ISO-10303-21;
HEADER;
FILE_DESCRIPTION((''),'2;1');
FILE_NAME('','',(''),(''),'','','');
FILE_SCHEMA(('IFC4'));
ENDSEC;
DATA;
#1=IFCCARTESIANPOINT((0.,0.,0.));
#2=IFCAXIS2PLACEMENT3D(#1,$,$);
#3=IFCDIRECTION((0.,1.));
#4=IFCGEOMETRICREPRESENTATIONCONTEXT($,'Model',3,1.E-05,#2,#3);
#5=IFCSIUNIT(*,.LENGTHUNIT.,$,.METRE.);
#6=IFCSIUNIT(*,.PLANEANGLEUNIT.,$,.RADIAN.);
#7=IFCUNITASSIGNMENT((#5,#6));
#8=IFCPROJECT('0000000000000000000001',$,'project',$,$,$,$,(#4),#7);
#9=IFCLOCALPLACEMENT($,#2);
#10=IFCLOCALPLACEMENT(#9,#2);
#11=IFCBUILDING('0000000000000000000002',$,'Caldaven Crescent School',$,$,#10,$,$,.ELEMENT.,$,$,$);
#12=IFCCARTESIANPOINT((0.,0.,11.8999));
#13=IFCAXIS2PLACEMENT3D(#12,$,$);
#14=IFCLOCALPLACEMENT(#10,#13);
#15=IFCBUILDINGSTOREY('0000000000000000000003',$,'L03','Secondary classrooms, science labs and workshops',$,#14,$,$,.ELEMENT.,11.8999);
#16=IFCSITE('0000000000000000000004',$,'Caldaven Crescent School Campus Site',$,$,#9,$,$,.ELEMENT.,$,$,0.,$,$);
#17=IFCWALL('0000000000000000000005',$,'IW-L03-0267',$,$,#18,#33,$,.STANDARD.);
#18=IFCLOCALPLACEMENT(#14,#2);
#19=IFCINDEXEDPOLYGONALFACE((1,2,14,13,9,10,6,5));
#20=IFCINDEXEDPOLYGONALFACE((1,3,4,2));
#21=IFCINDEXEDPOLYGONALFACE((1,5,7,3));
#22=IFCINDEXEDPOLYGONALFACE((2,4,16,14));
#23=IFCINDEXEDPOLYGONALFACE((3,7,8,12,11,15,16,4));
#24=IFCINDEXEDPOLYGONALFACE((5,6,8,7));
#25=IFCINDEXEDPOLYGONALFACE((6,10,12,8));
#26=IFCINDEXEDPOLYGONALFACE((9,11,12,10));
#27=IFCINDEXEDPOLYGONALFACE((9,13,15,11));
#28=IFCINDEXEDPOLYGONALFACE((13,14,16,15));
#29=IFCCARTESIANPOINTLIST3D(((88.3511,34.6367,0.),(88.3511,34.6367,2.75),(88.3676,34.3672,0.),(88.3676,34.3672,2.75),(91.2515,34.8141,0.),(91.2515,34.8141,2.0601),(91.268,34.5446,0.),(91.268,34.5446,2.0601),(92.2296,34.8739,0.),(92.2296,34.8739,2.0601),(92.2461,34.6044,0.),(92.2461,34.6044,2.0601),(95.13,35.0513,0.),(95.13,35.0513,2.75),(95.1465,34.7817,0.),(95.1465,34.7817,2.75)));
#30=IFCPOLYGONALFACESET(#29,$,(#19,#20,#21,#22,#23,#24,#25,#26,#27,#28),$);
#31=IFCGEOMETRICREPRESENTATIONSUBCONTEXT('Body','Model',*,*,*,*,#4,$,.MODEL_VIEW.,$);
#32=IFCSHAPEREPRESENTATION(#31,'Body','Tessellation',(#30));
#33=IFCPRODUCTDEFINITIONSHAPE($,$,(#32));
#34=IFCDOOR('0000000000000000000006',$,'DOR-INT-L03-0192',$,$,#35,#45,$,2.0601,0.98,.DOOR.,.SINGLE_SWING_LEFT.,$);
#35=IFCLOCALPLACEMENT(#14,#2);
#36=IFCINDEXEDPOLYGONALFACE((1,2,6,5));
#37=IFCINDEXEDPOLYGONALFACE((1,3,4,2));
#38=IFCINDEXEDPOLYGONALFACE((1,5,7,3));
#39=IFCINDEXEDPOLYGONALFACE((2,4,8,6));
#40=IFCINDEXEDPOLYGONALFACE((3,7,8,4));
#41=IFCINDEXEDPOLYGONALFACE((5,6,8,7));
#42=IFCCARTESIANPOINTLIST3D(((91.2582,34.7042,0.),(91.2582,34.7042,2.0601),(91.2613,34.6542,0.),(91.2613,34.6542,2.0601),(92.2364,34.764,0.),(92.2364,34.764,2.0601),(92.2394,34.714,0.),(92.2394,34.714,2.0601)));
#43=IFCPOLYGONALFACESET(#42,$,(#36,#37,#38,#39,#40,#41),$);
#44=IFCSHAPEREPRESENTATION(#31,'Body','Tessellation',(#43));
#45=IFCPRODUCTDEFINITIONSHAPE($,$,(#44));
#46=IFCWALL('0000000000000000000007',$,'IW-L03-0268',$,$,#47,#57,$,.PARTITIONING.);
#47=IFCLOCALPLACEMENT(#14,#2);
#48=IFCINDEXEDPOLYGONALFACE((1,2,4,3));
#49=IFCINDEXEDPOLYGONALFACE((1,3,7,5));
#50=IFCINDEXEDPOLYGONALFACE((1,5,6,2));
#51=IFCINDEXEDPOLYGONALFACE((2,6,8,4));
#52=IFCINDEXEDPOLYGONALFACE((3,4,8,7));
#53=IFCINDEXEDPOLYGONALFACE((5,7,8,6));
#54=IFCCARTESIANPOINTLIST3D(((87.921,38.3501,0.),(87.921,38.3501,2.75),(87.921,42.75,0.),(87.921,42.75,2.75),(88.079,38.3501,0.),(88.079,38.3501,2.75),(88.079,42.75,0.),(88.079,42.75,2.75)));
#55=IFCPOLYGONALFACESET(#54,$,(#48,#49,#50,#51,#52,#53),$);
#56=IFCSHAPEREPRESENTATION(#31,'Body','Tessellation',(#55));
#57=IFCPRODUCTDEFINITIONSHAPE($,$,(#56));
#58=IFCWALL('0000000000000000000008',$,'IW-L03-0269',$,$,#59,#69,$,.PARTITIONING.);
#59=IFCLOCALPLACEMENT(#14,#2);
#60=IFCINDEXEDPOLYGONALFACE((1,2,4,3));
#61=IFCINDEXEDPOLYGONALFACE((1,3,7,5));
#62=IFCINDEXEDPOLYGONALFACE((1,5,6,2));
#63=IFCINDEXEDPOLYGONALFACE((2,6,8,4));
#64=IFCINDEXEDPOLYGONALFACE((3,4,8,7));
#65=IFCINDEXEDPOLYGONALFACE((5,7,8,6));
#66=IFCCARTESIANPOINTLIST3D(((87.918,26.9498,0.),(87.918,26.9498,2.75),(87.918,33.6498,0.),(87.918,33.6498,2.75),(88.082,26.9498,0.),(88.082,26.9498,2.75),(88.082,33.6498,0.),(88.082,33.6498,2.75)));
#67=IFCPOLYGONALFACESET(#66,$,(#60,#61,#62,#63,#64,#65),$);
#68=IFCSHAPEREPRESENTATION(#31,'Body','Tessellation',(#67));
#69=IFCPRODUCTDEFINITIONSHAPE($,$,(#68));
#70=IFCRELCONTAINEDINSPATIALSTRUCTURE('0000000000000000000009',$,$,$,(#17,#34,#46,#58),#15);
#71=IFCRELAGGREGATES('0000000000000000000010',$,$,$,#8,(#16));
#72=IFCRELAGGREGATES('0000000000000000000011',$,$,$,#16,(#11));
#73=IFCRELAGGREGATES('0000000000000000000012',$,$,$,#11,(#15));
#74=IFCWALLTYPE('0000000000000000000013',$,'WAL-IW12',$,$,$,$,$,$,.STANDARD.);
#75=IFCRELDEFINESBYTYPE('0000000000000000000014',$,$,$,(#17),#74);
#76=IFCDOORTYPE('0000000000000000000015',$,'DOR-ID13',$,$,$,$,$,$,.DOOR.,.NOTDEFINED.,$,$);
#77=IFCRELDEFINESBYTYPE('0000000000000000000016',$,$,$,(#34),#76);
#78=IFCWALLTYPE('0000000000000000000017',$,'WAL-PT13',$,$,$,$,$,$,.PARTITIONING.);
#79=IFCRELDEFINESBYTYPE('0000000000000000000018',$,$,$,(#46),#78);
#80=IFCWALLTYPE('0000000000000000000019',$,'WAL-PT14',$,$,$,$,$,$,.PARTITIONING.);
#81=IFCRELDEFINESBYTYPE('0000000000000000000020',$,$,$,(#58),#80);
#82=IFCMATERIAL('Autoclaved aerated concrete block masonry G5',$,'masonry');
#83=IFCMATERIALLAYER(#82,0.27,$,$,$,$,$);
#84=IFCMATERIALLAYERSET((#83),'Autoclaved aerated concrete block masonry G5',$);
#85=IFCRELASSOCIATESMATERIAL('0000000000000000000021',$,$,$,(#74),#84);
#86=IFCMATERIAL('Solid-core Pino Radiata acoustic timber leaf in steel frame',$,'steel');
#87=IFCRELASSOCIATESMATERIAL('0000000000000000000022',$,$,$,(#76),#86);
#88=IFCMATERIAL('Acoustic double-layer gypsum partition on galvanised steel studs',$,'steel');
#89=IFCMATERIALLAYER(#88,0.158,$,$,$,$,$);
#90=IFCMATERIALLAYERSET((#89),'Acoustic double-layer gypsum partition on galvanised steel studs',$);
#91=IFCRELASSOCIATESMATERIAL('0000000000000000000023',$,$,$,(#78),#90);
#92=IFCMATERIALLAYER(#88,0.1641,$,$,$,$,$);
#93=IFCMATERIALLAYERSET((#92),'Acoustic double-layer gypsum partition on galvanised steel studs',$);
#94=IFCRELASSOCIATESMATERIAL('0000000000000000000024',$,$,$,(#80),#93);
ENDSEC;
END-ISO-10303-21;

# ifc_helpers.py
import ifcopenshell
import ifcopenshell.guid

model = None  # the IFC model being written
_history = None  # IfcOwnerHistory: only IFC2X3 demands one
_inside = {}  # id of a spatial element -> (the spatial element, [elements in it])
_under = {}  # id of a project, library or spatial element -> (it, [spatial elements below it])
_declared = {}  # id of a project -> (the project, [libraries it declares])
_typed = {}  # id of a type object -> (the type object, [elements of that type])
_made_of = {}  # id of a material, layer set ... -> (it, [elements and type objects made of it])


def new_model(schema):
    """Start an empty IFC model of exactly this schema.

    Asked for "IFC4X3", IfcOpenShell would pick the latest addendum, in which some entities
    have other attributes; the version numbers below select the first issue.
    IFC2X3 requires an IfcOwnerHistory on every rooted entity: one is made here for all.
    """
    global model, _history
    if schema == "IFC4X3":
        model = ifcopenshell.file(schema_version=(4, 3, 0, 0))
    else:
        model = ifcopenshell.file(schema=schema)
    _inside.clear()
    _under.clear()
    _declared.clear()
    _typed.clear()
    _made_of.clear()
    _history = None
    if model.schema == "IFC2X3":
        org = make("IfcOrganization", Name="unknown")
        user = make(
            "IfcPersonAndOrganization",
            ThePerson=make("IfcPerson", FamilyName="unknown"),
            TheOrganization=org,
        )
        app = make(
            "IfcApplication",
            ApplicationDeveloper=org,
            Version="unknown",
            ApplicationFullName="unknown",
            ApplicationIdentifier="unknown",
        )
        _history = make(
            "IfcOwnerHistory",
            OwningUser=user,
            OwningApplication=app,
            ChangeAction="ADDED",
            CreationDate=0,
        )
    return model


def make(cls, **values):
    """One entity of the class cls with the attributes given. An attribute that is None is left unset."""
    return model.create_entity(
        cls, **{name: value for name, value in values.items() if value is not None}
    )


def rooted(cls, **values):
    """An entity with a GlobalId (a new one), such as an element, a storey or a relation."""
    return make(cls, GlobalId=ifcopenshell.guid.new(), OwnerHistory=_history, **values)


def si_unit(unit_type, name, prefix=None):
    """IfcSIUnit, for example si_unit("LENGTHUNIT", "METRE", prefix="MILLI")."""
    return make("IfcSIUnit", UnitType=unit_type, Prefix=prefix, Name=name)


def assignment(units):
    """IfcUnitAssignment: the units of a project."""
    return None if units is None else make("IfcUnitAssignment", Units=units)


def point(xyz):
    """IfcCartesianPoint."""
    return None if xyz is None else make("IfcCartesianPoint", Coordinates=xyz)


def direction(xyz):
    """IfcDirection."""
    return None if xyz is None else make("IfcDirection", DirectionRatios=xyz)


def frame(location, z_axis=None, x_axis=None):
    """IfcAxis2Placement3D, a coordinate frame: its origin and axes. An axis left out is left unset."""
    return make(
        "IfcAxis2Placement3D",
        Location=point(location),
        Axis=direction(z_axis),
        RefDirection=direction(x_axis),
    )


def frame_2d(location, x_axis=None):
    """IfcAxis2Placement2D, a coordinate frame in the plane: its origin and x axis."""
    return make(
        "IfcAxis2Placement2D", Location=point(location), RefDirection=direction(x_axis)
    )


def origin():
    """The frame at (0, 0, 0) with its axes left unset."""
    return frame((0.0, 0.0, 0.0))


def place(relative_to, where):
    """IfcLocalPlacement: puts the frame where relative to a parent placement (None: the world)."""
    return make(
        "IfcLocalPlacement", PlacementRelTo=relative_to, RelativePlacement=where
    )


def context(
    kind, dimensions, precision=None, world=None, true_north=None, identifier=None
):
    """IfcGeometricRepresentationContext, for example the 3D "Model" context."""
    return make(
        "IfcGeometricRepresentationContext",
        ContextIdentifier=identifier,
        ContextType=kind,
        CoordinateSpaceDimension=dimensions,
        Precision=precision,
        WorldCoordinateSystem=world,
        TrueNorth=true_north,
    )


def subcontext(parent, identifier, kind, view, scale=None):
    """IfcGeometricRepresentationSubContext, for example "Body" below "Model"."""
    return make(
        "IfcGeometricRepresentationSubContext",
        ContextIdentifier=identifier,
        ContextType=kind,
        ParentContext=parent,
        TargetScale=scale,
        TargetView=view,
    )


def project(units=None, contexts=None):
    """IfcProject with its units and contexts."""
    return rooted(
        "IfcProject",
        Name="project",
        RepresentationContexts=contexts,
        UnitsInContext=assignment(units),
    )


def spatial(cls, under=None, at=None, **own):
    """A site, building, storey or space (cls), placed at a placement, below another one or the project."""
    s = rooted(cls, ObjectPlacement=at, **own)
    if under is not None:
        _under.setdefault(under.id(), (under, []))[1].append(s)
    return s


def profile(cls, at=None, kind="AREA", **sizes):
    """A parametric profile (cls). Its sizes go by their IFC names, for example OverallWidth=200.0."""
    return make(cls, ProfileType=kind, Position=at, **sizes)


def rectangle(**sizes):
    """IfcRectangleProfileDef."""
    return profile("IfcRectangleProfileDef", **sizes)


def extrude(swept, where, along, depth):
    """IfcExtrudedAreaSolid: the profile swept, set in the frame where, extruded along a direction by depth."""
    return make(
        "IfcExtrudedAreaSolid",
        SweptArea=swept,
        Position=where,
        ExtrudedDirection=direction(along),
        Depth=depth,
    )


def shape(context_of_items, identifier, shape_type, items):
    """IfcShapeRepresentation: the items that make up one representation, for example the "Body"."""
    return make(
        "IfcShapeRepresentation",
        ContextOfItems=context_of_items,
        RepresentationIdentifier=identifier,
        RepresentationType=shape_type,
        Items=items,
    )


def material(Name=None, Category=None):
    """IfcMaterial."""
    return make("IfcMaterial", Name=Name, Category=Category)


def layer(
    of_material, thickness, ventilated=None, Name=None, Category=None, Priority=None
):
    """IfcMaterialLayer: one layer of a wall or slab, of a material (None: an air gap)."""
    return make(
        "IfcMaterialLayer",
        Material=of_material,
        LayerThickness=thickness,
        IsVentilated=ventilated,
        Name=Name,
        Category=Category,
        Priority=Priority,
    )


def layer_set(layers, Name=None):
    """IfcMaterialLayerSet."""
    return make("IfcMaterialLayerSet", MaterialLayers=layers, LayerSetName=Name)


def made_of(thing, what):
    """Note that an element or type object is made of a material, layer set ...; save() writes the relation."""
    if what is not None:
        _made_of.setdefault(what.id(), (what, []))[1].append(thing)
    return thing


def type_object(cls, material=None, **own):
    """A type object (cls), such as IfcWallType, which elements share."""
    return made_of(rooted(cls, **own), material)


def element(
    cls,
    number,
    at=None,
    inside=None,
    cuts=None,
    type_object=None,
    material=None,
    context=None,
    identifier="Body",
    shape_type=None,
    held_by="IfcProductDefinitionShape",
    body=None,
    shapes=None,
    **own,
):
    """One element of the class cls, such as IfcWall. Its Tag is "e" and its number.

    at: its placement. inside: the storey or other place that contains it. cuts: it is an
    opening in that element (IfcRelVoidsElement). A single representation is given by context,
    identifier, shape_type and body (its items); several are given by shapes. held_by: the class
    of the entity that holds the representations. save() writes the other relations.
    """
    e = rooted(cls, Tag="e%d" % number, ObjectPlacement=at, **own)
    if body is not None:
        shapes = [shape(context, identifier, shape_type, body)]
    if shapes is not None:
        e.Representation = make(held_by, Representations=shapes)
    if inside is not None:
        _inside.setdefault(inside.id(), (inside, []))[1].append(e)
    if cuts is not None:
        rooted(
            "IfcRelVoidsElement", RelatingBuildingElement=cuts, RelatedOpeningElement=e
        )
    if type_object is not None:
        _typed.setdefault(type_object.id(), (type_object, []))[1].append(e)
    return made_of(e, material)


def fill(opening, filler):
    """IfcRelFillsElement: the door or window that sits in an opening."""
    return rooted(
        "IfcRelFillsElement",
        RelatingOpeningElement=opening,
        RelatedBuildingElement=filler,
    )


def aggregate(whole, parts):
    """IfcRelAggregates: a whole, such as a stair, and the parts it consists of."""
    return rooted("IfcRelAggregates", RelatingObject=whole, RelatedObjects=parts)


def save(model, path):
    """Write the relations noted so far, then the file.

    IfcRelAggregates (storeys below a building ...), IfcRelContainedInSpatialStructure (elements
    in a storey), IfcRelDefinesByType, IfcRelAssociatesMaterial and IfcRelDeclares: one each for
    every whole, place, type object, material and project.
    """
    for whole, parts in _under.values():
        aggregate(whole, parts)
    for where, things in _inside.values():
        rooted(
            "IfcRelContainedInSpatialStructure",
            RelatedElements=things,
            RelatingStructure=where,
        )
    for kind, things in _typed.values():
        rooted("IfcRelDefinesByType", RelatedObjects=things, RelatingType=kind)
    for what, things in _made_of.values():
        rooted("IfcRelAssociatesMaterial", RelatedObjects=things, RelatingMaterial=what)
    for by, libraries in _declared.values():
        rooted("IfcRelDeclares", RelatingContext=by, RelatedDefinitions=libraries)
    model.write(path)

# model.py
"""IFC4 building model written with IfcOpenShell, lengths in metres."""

from ifc_helpers import new_model, si_unit, direction, frame, frame_2d, origin, place, context, subcontext, project, spatial, rectangle, extrude, material, layer, layer_set, type_object, element, fill, save


model = new_model("IFC4")

# Units and contexts
model_context = context("Model", 3, precision=1e-05, world=origin(), true_north=direction((0.0, 1.0)))
body_context = subcontext(model_context, "Body", "Model", "MODEL_VIEW")
ifc_project = project(units=[si_unit("LENGTHUNIT", "METRE"), si_unit("PLANEANGLEUNIT", "RADIAN")], contexts=[model_context])

# Site, building, storey
site_placement = place(None, origin())
site = spatial("IfcSite", under=ifc_project, at=site_placement, Name="Caldaven Crescent School Campus Site", CompositionType="ELEMENT", RefElevation=0.0)
building_placement = place(site_placement, origin())
building = spatial("IfcBuilding", under=site, at=building_placement, Name="Caldaven Crescent School", CompositionType="ELEMENT")
storey_placement = place(building_placement, frame((0.0, 0.0, 11.8999)))
storey = spatial("IfcBuildingStorey", under=building, at=storey_placement, Name="L03", Description="Secondary classrooms, science labs and workshops", CompositionType="ELEMENT", Elevation=11.8999)

# Wall, opening, door
ifc_material_1 = material(Name="Solid-core Pino Radiata acoustic timber leaf in steel frame", Category="steel")
ifc_material_2 = material(Name="Autoclaved aerated concrete block masonry G5", Category="masonry")
ifc_layer_1 = layer(ifc_material_2, 0.27)
ifc_layer_set_1 = layer_set([ifc_layer_1], Name="Autoclaved aerated concrete block masonry G5")
wall_type_1 = type_object("IfcWallType", Name="WAL-IW12", PredefinedType="STANDARD", material=ifc_layer_set_1)
wall_1_placement = place(storey_placement, frame((88.3594, 34.502, 0.0), z_axis=(0.0, 0.0, 1.0), x_axis=(0.998135, 0.06104, 0.0)))
wall_1 = element("IfcWall", 1, at=wall_1_placement, inside=storey, type_object=wall_type_1, Name="IW-L03-0267", PredefinedType="STANDARD", context=body_context, shape_type="SweptSolid", body=[
    extrude(rectangle(XDim=6.7915, YDim=0.27, at=frame_2d((3.3958, 0.0))), origin(), (0.0, 0.0, 1.0), 2.75),
])
opening_1_placement = place(wall_1_placement, frame((2.9058, 0.0, 0.0)))
opening_1 = element("IfcOpeningElement", 2, at=opening_1_placement, cuts=wall_1, PredefinedType="OPENING", context=body_context, shape_type="SweptSolid", body=[
    extrude(rectangle(XDim=0.98, YDim=2.0601, at=frame_2d((0.49, 1.03))), frame((0.0, 0.145, 0.0), z_axis=(0.0, -1.0, 0.0), x_axis=(1.0, 0.0, 0.0)), (0.0, 0.0, 1.0), 0.29),
])
door_type_1 = type_object("IfcDoorType", Name="DOR-ID13", OperationType="NOTDEFINED", PredefinedType="DOOR", material=ifc_material_1)
door_1_placement = place(opening_1_placement, origin())
door_1 = element("IfcDoor", 3, at=door_1_placement, inside=storey, type_object=door_type_1, Name="DOR-INT-L03-0192", OperationType="SINGLE_SWING_LEFT", OverallHeight=2.0601, OverallWidth=0.98, PredefinedType="DOOR", context=body_context, shape_type="SweptSolid", body=[
    extrude(rectangle(XDim=0.98, YDim=2.0601, at=frame_2d((0.49, 1.03))), frame((0.0, 0.0249, 0.0), z_axis=(0.0, -1.0, 0.0), x_axis=(1.0, 0.0, 0.0)), (0.0, 0.0, 1.0), 0.05),
])
fill(opening_1, door_1)

# Walls
ifc_material_3 = material(Name="Acoustic double-layer gypsum partition on galvanised steel studs", Category="steel")
ifc_layer_2 = layer(ifc_material_3, 0.158)
ifc_layer_set_2 = layer_set([ifc_layer_2], Name="Acoustic double-layer gypsum partition on galvanised steel studs")
wall_type_2 = type_object("IfcWallType", Name="WAL-PT13", PredefinedType="PARTITIONING", material=ifc_layer_set_2)
wall_2_placement = place(storey_placement, frame((88.0, 42.75, 0.0), z_axis=(0.0, 0.0, 1.0), x_axis=(0.0, -1.0, 0.0)))
element("IfcWall", 4, at=wall_2_placement, inside=storey, type_object=wall_type_2, Name="IW-L03-0268", PredefinedType="PARTITIONING", context=body_context, shape_type="SweptSolid", body=[
    extrude(rectangle(XDim=4.3999, YDim=0.158, at=frame_2d((2.2, 0.0))), origin(), (0.0, 0.0, 1.0), 2.75),
])
ifc_layer_3 = layer(ifc_material_3, 0.1641)
ifc_layer_set_3 = layer_set([ifc_layer_3], Name="Acoustic double-layer gypsum partition on galvanised steel studs")
wall_type_3 = type_object("IfcWallType", Name="WAL-PT14", PredefinedType="PARTITIONING", material=ifc_layer_set_3)
wall_3_placement = place(storey_placement, frame((88.0, 33.6499, 0.0), z_axis=(0.0, 0.0, 1.0), x_axis=(0.0, -1.0, 0.0)))
element("IfcWall", 5, at=wall_3_placement, inside=storey, type_object=wall_type_3, Name="IW-L03-0269", PredefinedType="PARTITIONING", context=body_context, shape_type="SweptSolid", body=[
    extrude(rectangle(XDim=6.7, YDim=0.1641, at=frame_2d((3.3501, 0.0))), origin(), (0.0, 0.0, 1.0), 2.75),
])

save(model, "model.ifc")
